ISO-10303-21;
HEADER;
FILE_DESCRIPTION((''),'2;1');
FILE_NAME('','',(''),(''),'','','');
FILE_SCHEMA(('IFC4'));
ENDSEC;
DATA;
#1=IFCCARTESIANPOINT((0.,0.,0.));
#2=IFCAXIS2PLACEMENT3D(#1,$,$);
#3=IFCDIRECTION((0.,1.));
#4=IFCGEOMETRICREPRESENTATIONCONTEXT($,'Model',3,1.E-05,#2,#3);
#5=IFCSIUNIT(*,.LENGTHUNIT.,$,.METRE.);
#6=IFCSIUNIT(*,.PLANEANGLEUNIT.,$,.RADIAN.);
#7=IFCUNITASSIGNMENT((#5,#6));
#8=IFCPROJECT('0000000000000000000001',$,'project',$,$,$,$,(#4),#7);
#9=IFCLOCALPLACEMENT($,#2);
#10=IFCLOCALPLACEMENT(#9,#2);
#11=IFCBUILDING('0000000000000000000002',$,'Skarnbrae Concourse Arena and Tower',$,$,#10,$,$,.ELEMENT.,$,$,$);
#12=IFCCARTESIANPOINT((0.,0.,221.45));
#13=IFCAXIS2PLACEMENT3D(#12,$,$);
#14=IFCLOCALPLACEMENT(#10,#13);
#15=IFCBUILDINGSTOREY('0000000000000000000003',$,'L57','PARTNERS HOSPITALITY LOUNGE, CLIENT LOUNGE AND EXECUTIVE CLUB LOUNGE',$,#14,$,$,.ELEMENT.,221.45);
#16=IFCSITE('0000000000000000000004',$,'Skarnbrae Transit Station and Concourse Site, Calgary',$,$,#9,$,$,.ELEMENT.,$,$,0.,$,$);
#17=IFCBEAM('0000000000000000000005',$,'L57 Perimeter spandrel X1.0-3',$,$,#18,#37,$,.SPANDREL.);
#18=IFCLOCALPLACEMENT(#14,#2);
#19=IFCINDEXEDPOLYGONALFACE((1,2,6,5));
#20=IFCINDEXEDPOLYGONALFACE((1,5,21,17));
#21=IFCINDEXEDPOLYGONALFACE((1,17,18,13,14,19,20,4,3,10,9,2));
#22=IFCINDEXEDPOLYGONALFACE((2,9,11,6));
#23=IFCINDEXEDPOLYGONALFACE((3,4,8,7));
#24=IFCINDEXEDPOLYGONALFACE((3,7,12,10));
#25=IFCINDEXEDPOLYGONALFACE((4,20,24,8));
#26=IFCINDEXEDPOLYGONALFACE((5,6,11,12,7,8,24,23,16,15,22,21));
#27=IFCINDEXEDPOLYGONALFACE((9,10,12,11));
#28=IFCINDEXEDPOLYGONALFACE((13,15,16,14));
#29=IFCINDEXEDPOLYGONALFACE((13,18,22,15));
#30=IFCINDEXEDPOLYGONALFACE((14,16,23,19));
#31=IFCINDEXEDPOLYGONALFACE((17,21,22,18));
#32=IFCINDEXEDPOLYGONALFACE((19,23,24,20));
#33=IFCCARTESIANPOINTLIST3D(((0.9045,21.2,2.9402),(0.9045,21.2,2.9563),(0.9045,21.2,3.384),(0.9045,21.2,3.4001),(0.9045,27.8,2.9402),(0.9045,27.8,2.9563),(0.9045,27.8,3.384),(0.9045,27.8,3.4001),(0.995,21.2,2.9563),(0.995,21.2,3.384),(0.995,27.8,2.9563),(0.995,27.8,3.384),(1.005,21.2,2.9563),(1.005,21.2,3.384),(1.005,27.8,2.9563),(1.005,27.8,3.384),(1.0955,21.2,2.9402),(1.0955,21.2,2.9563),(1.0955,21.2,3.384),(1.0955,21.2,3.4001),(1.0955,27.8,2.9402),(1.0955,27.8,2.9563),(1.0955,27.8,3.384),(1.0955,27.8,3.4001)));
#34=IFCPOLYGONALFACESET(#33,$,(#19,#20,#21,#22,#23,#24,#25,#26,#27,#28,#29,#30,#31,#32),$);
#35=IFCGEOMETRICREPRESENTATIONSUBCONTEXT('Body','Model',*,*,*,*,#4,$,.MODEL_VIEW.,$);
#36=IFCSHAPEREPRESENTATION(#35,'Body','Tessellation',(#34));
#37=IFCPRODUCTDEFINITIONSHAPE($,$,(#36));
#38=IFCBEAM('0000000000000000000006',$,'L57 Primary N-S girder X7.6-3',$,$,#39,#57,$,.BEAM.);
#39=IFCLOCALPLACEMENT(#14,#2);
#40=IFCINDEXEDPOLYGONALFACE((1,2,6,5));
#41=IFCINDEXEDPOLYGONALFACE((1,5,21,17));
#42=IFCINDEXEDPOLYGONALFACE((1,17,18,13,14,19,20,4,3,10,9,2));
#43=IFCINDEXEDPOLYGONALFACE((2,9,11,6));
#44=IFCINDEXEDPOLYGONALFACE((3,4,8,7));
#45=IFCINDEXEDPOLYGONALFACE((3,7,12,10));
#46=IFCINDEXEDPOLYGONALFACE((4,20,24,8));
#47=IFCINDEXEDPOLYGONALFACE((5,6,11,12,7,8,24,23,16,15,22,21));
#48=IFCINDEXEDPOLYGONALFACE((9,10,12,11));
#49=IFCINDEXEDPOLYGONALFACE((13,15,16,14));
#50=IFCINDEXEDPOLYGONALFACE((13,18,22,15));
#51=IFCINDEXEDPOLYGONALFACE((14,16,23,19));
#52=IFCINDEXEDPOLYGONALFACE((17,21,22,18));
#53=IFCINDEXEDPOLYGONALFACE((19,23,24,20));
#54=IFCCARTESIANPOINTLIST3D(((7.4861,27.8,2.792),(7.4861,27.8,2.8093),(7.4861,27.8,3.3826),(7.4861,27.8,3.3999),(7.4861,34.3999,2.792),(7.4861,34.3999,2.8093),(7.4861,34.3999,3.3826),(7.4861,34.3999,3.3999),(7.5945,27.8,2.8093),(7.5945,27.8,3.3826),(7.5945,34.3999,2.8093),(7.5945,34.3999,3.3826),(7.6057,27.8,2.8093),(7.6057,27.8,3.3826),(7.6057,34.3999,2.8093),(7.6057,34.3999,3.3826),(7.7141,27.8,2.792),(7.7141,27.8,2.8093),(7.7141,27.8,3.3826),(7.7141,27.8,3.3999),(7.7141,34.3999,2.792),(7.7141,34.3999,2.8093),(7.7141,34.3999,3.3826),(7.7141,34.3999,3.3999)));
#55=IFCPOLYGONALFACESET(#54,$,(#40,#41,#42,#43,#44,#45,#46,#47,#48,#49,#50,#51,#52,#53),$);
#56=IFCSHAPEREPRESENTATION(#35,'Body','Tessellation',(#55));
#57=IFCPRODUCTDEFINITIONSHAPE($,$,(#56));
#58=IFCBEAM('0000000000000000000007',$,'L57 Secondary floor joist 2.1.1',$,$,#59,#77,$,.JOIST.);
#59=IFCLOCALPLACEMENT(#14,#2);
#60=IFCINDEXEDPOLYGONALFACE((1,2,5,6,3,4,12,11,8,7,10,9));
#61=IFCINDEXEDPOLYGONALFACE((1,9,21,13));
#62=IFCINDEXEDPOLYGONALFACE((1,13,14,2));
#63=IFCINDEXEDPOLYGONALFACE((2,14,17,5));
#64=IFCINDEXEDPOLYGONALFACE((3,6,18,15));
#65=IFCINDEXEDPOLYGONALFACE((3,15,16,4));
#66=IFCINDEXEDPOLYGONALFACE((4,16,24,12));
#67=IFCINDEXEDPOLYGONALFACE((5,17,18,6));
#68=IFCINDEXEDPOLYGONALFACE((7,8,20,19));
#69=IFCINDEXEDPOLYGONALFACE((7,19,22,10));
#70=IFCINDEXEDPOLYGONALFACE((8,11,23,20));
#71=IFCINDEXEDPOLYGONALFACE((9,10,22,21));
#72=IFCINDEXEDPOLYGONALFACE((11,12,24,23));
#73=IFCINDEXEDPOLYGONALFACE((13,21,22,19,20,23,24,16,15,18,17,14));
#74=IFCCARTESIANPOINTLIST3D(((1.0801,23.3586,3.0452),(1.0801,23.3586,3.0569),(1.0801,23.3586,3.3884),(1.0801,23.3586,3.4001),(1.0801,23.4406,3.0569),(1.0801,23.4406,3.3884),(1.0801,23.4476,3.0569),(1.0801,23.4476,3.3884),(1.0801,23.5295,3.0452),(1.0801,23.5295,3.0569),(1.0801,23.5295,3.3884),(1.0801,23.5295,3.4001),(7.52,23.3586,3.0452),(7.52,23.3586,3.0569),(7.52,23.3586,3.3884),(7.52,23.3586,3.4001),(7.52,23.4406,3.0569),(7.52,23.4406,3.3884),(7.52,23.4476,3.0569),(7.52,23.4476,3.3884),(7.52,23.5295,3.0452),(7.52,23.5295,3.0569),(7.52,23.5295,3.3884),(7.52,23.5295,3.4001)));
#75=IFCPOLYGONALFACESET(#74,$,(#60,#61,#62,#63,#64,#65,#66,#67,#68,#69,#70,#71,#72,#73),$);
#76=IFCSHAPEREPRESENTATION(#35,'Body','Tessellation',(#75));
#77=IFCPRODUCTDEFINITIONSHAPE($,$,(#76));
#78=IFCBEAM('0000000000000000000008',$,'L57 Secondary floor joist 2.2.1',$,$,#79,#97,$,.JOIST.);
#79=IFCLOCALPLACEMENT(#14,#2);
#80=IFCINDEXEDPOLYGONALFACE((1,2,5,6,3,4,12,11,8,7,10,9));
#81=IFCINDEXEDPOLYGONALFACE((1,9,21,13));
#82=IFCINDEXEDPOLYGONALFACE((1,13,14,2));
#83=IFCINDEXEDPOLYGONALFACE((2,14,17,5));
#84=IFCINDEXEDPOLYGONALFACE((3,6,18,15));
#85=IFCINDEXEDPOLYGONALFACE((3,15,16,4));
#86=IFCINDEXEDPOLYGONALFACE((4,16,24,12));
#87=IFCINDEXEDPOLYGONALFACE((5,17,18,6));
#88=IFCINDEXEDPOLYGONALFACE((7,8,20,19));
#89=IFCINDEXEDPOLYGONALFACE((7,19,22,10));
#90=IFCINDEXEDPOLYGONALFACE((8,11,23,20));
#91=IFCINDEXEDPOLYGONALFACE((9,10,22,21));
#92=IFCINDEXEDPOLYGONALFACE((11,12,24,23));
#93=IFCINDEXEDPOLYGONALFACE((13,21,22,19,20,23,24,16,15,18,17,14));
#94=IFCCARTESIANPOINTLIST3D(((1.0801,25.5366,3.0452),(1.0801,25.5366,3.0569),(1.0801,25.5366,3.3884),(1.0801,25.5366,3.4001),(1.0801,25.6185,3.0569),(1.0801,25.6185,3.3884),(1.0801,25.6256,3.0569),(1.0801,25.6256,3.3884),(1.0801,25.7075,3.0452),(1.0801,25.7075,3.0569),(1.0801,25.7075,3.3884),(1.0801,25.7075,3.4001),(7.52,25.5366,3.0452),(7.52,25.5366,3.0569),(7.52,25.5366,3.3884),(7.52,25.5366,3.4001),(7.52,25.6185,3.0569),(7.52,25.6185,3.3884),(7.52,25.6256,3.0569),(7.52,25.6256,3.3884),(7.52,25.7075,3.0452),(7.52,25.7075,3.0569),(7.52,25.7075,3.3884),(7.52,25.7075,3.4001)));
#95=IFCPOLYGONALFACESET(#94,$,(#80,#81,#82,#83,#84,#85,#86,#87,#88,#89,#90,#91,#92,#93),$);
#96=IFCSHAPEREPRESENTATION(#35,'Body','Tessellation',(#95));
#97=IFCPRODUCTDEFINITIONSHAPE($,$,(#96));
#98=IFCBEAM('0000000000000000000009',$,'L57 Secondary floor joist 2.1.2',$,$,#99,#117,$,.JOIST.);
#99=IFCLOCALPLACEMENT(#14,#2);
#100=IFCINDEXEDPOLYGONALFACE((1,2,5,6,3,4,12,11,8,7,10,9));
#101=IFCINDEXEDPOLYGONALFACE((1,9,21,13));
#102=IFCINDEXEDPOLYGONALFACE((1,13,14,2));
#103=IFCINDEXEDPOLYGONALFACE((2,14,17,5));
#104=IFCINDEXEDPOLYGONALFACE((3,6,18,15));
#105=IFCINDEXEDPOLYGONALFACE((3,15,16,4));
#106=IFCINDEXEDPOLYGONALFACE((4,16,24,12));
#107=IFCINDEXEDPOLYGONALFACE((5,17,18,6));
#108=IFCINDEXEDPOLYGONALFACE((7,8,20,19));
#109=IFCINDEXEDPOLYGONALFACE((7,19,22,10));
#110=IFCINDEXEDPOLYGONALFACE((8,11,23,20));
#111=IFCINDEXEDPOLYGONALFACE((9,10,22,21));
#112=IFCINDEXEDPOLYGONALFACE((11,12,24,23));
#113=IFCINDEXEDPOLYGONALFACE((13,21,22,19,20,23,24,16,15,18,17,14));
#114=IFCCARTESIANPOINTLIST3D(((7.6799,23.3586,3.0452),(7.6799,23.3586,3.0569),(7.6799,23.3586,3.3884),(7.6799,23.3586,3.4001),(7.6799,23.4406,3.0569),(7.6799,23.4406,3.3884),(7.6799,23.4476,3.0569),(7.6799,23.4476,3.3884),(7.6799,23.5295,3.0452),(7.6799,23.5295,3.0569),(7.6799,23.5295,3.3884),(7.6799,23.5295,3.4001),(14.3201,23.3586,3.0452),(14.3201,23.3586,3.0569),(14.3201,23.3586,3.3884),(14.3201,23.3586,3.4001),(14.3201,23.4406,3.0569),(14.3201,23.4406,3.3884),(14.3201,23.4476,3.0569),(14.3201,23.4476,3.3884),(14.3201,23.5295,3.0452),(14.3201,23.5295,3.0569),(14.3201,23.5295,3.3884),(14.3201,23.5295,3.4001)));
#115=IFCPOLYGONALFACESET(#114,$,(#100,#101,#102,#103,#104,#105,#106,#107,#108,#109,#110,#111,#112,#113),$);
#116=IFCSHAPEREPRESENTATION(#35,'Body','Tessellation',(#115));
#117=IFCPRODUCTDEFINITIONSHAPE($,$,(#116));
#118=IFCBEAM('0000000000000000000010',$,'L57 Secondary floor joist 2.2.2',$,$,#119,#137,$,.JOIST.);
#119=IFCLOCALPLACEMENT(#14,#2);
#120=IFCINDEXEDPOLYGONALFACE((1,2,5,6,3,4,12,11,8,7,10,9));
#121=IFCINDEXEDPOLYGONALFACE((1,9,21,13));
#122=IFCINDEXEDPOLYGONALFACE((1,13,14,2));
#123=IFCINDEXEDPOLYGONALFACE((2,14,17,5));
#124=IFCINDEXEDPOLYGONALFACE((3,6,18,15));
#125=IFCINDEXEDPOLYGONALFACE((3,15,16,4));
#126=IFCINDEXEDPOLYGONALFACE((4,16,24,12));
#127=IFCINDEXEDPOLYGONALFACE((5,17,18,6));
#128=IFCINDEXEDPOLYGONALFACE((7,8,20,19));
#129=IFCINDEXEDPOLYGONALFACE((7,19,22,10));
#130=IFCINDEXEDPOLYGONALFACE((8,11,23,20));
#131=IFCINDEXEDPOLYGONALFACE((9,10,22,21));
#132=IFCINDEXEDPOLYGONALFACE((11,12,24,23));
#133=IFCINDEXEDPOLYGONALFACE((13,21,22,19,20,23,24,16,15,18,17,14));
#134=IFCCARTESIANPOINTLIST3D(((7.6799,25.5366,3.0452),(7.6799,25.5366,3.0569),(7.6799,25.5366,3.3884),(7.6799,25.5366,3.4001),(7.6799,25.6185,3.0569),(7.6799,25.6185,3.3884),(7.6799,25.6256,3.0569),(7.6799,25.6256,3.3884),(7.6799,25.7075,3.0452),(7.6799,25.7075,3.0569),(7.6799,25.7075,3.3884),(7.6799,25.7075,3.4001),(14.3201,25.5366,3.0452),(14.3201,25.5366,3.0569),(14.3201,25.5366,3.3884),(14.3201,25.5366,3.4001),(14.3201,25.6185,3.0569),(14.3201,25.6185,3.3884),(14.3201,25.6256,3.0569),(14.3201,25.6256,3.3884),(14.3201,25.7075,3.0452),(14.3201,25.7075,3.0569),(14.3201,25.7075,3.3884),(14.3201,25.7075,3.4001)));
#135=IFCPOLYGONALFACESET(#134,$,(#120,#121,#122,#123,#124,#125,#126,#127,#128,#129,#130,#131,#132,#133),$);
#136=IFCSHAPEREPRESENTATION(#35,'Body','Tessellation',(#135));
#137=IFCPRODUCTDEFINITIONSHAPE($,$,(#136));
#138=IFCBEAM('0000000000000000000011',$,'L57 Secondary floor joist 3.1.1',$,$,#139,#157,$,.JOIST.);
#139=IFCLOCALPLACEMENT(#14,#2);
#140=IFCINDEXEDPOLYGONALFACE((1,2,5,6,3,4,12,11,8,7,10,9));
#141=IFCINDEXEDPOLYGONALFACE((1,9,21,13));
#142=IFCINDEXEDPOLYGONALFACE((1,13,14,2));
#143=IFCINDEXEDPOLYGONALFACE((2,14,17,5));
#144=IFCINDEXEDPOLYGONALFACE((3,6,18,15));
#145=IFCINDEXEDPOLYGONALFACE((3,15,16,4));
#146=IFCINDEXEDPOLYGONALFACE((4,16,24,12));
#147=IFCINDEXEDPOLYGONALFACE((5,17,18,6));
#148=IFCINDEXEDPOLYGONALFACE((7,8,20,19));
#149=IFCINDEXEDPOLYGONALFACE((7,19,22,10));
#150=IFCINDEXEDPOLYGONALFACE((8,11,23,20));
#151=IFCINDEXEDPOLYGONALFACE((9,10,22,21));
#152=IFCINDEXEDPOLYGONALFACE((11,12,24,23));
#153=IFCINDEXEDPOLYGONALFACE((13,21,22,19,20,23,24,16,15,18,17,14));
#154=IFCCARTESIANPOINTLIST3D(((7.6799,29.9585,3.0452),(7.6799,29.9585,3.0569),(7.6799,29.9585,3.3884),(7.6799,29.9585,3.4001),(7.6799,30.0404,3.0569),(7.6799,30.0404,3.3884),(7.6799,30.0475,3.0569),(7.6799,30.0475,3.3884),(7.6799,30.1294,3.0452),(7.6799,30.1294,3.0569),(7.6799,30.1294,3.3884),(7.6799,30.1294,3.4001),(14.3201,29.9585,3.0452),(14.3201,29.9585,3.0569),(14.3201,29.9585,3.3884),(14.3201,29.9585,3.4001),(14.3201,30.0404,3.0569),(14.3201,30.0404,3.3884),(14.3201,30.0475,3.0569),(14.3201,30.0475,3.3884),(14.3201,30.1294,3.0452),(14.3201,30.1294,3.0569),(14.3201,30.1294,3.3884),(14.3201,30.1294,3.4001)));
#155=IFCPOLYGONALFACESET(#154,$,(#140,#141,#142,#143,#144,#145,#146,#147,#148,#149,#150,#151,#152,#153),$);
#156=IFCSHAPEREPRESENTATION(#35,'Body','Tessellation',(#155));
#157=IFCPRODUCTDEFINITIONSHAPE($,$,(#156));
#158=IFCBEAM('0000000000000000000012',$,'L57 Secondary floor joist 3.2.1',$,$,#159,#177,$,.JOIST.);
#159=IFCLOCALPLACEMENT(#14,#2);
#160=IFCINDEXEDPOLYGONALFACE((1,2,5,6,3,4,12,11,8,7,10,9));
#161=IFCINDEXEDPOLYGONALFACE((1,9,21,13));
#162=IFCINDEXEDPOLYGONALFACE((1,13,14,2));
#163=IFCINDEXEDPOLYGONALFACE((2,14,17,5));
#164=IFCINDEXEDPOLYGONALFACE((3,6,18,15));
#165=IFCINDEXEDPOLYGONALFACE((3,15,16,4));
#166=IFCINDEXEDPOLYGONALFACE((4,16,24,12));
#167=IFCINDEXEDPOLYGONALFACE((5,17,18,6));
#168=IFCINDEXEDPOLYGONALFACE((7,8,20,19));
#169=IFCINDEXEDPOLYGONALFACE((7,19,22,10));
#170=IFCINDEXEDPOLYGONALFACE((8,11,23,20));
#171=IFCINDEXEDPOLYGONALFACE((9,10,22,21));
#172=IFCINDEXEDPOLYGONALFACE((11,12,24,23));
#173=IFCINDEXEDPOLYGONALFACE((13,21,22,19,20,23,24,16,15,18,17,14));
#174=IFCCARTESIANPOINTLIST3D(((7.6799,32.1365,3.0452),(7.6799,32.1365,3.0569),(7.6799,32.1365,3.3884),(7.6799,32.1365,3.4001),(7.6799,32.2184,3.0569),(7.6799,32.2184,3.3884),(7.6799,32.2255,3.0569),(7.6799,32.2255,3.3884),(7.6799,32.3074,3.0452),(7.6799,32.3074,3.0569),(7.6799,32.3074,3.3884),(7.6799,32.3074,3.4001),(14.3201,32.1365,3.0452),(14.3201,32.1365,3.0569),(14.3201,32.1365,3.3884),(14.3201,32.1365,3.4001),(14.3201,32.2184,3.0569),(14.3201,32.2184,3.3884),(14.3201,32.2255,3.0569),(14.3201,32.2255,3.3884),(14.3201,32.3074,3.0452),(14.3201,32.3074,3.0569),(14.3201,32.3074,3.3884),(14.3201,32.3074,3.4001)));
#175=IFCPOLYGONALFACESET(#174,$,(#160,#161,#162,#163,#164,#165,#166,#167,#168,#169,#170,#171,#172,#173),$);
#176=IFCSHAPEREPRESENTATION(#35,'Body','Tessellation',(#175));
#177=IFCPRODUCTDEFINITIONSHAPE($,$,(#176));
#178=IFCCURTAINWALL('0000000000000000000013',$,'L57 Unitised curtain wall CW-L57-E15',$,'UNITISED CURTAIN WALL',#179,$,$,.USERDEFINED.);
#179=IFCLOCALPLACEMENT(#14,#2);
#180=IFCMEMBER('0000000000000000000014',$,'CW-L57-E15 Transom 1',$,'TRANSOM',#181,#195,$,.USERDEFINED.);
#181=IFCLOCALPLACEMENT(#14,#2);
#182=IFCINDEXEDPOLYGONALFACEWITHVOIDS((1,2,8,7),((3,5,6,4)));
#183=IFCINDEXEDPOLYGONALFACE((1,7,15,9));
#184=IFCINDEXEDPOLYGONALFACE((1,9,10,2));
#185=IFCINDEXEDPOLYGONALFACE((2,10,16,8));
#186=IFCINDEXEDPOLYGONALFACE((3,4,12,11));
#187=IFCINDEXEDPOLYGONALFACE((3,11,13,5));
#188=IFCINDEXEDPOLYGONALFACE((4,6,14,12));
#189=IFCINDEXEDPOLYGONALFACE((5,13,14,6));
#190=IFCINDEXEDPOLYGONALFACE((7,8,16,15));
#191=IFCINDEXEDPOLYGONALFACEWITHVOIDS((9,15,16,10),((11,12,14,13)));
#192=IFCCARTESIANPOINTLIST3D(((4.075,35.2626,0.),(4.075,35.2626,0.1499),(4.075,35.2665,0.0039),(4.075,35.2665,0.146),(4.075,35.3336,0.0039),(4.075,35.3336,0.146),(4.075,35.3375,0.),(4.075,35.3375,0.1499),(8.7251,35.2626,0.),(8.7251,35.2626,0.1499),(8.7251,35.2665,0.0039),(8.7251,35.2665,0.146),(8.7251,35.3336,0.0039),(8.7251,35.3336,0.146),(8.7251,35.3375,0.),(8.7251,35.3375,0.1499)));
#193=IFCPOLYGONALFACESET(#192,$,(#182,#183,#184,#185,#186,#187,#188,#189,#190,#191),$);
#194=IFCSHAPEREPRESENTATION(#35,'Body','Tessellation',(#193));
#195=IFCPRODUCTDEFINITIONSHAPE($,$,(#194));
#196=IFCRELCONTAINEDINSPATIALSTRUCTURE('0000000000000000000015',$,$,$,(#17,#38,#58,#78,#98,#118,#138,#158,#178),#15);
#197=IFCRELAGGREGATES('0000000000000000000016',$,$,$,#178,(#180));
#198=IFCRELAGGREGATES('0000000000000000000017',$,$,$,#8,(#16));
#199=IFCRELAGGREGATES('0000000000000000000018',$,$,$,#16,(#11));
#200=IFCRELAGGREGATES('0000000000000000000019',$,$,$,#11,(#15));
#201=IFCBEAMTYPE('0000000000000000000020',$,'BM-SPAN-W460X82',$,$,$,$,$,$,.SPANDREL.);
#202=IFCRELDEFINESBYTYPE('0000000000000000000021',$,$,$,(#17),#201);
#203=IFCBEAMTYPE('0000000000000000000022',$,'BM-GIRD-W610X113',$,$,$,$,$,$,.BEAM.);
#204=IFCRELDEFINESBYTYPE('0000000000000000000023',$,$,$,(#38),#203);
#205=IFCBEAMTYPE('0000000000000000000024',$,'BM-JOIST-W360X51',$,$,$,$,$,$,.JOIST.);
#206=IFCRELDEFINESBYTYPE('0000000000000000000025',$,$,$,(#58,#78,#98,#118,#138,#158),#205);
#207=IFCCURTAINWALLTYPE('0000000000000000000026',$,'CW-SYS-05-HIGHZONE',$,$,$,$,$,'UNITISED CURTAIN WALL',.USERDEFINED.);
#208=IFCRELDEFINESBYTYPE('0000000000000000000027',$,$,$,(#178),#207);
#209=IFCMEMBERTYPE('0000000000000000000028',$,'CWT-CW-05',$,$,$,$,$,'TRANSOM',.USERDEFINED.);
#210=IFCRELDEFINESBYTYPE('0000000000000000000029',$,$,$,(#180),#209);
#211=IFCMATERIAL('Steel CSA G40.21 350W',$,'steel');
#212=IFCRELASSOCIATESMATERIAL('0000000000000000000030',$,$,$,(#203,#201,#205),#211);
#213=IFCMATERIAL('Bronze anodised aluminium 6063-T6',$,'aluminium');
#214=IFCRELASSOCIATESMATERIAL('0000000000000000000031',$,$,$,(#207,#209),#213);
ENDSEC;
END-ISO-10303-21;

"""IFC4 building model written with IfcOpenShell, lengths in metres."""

from ifc_helpers import new_model, si_unit, direction, frame, origin, origin_2d, place, context, subcontext, project, spatial, hollow_rectangle, i_section, extrude, source, transform, mapped, material, material_profile, profile_set, type_object, element, aggregate, save


model = new_model("IFC4")

# Units and contexts
model_context = context("Model", 3, precision=1e-05, world=origin(), true_north=direction((0.0, 1.0)))
body_context = subcontext(model_context, "Body", "Model", "MODEL_VIEW")
ifc_project = project(units=[si_unit("LENGTHUNIT", "METRE"), si_unit("PLANEANGLEUNIT", "RADIAN")], contexts=[model_context])

# Site, building, storey
site_placement = place(None, origin())
site = spatial("IfcSite", under=ifc_project, at=site_placement, Name="Skarnbrae Transit Station and Concourse Site, Calgary", CompositionType="ELEMENT", RefElevation=0.0)
building_placement = place(site_placement, origin())
building = spatial("IfcBuilding", under=site, at=building_placement, Name="Skarnbrae Concourse Arena and Tower", CompositionType="ELEMENT")
storey_placement = place(building_placement, frame((0.0, 0.0, 221.45)))
storey = spatial("IfcBuildingStorey", under=building, at=storey_placement, Name="L57", Description="PARTNERS HOSPITALITY LOUNGE, CLIENT LOUNGE AND EXECUTIVE CLUB LOUNGE", CompositionType="ELEMENT", Elevation=221.45)

# Shared definitions
ifc_material_1 = material(Name="Steel CSA G40.21 350W", Category="steel")

# Beams
ifc_material_profile_1 = material_profile(ifc_material_1, i_section(OverallWidth=0.228, OverallDepth=0.6079, WebThickness=0.0112, FlangeThickness=0.0173, at=origin_2d()), Name="W610X113")
ifc_profile_set_1 = profile_set([ifc_material_profile_1], Name="Steel CSA G40.21 350W")
beam_type_1 = type_object("IfcBeamType", Name="BM-GIRD-W610X113", PredefinedType="BEAM", material=ifc_profile_set_1)
ifc_material_profile_2 = material_profile(ifc_material_1, i_section(OverallWidth=0.1909, OverallDepth=0.46, WebThickness=0.01, FlangeThickness=0.0161, at=origin_2d()), Name="W460X82")
ifc_profile_set_2 = profile_set([ifc_material_profile_2], Name="Steel CSA G40.21 350W")
beam_type_2 = type_object("IfcBeamType", Name="BM-SPAN-W460X82", PredefinedType="SPANDREL", material=ifc_profile_set_2)
shared_shape_1 = source(origin(), body_context, "Body", "SweptSolid", [
    extrude(i_section(OverallWidth=0.1909, OverallDepth=0.46, WebThickness=0.01, FlangeThickness=0.0161, at=origin_2d()), origin(), (0.0, 0.0, 1.0), 6.6001),
])
beam_1_placement = place(storey_placement, frame((1.0, 21.2, 3.1702), z_axis=(0.0, 1.0, 0.0), x_axis=(-1.0, 0.0, 0.0)))
element("IfcBeam", 1, at=beam_1_placement, inside=storey, type_object=beam_type_2, Name="L57 Perimeter spandrel X1.0-3", PredefinedType="SPANDREL", context=body_context, shape_type="MappedRepresentation", body=[
    mapped(shared_shape_1, transform((0.0, 0.0, 0.0))),
])
shared_shape_2 = source(origin(), body_context, "Body", "SweptSolid", [
    extrude(i_section(OverallWidth=0.228, OverallDepth=0.6079, WebThickness=0.0112, FlangeThickness=0.0173, at=origin_2d()), origin(), (0.0, 0.0, 1.0), 6.5999),
])
beam_2_placement = place(storey_placement, frame((7.6001, 27.8, 3.0959), z_axis=(0.0, 1.0, 0.0), x_axis=(-1.0, 0.0, 0.0)))
element("IfcBeam", 2, at=beam_2_placement, inside=storey, type_object=beam_type_1, Name="L57 Primary N-S girder X7.6-3", PredefinedType="BEAM", context=body_context, shape_type="MappedRepresentation", body=[
    mapped(shared_shape_2, transform((0.0, 0.0, 0.0))),
])
ifc_material_profile_3 = material_profile(ifc_material_1, i_section(OverallWidth=0.1709, OverallDepth=0.355, WebThickness=0.0071, FlangeThickness=0.0117, at=origin_2d()), Name="W360X51")
ifc_profile_set_3 = profile_set([ifc_material_profile_3], Name="Steel CSA G40.21 350W")
beam_type_3 = type_object("IfcBeamType", Name="BM-JOIST-W360X51", PredefinedType="JOIST", material=ifc_profile_set_3)
shared_shape_3 = source(origin(), body_context, "Body", "SweptSolid", [
    extrude(i_section(OverallWidth=0.1709, OverallDepth=0.355, WebThickness=0.0071, FlangeThickness=0.0117, at=origin_2d()), origin(), (0.0, 0.0, 1.0), 6.4399),
])
for number, where, z_axis, x_axis, name in (
    (3, (1.0801, 23.4441, 3.2227), (1.0, 0.0, 0.0), (0.0, 1.0, 0.0), "L57 Secondary floor joist 2.1.1"),
    (4, (1.0801, 25.6221, 3.2227), (1.0, 0.0, 0.0), (0.0, 1.0, 0.0), "L57 Secondary floor joist 2.2.1"),
):
    element("IfcBeam", number, at=place(storey_placement, frame(where, z_axis=z_axis, x_axis=x_axis)), inside=storey, type_object=beam_type_3, Name=name, PredefinedType="JOIST", context=body_context, shape_type="MappedRepresentation", body=[
        mapped(shared_shape_3, transform((0.0, 0.0, 0.0))),
    ])
shared_shape_4 = source(origin(), body_context, "Body", "SweptSolid", [
    extrude(i_section(OverallWidth=0.1709, OverallDepth=0.355, WebThickness=0.0071, FlangeThickness=0.0117, at=origin_2d()), origin(), (0.0, 0.0, 1.0), 6.6401),
])
for number, where, z_axis, x_axis, name in (
    (5, (7.6799, 23.4441, 3.2227), (1.0, 0.0, 0.0), (0.0, 1.0, 0.0), "L57 Secondary floor joist 2.1.2"),
    (6, (7.6799, 25.6221, 3.2227), (1.0, 0.0, 0.0), (0.0, 1.0, 0.0), "L57 Secondary floor joist 2.2.2"),
    (7, (7.6799, 30.0439, 3.2227), (1.0, 0.0, 0.0), (0.0, 1.0, 0.0), "L57 Secondary floor joist 3.1.1"),
    (8, (7.6799, 32.2219, 3.2227), (1.0, 0.0, 0.0), (0.0, 1.0, 0.0), "L57 Secondary floor joist 3.2.1"),
):
    element("IfcBeam", number, at=place(storey_placement, frame(where, z_axis=z_axis, x_axis=x_axis)), inside=storey, type_object=beam_type_3, Name=name, PredefinedType="JOIST", context=body_context, shape_type="MappedRepresentation", body=[
        mapped(shared_shape_4, transform((0.0, 0.0, 0.0))),
    ])

# Curtain wall, member
ifc_material_2 = material(Name="Bronze anodised aluminium 6063-T6", Category="aluminium")
curtain_wall_type = type_object("IfcCurtainWallType", Name="CW-SYS-05-HIGHZONE", ElementType="UNITISED CURTAIN WALL", PredefinedType="USERDEFINED", material=ifc_material_2)
curtain_wall_1_placement = place(storey_placement, origin())
curtain_wall_1 = element("IfcCurtainWall", 9, at=curtain_wall_1_placement, inside=storey, type_object=curtain_wall_type, Name="L57 Unitised curtain wall CW-L57-E15", ObjectType="UNITISED CURTAIN WALL", PredefinedType="USERDEFINED")
ifc_material_profile_4 = material_profile(ifc_material_2, hollow_rectangle(XDim=0.075, YDim=0.1499, WallThickness=0.0039, at=origin_2d()), Name="ALU-TRAN-75X150")
ifc_profile_set_4 = profile_set([ifc_material_profile_4], Name="Bronze anodised aluminium 6063-T6")
member_type_1 = type_object("IfcMemberType", Name="CWT-CW-05", ElementType="TRANSOM", PredefinedType="USERDEFINED", material=ifc_profile_set_4)
shared_shape_5 = source(origin(), body_context, "Body", "SweptSolid", [
    extrude(hollow_rectangle(XDim=0.075, YDim=0.1499, WallThickness=0.0039, at=origin_2d()), origin(), (0.0, 0.0, 1.0), 4.6501),
])
member_1_placement = place(storey_placement, frame((8.7251, 35.3, 0.075), z_axis=(-1.0, 0.0, 0.0), x_axis=(0.0, -1.0, 0.0)))
member_1 = element("IfcMember", 10, at=member_1_placement, type_object=member_type_1, Name="CW-L57-E15 Transom 1", ObjectType="TRANSOM", PredefinedType="USERDEFINED", context=body_context, shape_type="MappedRepresentation", body=[
    mapped(shared_shape_5, transform((0.0, 0.0, 0.0))),
])

aggregate(curtain_wall_1, [member_1])

save(model, "model.ifc")
